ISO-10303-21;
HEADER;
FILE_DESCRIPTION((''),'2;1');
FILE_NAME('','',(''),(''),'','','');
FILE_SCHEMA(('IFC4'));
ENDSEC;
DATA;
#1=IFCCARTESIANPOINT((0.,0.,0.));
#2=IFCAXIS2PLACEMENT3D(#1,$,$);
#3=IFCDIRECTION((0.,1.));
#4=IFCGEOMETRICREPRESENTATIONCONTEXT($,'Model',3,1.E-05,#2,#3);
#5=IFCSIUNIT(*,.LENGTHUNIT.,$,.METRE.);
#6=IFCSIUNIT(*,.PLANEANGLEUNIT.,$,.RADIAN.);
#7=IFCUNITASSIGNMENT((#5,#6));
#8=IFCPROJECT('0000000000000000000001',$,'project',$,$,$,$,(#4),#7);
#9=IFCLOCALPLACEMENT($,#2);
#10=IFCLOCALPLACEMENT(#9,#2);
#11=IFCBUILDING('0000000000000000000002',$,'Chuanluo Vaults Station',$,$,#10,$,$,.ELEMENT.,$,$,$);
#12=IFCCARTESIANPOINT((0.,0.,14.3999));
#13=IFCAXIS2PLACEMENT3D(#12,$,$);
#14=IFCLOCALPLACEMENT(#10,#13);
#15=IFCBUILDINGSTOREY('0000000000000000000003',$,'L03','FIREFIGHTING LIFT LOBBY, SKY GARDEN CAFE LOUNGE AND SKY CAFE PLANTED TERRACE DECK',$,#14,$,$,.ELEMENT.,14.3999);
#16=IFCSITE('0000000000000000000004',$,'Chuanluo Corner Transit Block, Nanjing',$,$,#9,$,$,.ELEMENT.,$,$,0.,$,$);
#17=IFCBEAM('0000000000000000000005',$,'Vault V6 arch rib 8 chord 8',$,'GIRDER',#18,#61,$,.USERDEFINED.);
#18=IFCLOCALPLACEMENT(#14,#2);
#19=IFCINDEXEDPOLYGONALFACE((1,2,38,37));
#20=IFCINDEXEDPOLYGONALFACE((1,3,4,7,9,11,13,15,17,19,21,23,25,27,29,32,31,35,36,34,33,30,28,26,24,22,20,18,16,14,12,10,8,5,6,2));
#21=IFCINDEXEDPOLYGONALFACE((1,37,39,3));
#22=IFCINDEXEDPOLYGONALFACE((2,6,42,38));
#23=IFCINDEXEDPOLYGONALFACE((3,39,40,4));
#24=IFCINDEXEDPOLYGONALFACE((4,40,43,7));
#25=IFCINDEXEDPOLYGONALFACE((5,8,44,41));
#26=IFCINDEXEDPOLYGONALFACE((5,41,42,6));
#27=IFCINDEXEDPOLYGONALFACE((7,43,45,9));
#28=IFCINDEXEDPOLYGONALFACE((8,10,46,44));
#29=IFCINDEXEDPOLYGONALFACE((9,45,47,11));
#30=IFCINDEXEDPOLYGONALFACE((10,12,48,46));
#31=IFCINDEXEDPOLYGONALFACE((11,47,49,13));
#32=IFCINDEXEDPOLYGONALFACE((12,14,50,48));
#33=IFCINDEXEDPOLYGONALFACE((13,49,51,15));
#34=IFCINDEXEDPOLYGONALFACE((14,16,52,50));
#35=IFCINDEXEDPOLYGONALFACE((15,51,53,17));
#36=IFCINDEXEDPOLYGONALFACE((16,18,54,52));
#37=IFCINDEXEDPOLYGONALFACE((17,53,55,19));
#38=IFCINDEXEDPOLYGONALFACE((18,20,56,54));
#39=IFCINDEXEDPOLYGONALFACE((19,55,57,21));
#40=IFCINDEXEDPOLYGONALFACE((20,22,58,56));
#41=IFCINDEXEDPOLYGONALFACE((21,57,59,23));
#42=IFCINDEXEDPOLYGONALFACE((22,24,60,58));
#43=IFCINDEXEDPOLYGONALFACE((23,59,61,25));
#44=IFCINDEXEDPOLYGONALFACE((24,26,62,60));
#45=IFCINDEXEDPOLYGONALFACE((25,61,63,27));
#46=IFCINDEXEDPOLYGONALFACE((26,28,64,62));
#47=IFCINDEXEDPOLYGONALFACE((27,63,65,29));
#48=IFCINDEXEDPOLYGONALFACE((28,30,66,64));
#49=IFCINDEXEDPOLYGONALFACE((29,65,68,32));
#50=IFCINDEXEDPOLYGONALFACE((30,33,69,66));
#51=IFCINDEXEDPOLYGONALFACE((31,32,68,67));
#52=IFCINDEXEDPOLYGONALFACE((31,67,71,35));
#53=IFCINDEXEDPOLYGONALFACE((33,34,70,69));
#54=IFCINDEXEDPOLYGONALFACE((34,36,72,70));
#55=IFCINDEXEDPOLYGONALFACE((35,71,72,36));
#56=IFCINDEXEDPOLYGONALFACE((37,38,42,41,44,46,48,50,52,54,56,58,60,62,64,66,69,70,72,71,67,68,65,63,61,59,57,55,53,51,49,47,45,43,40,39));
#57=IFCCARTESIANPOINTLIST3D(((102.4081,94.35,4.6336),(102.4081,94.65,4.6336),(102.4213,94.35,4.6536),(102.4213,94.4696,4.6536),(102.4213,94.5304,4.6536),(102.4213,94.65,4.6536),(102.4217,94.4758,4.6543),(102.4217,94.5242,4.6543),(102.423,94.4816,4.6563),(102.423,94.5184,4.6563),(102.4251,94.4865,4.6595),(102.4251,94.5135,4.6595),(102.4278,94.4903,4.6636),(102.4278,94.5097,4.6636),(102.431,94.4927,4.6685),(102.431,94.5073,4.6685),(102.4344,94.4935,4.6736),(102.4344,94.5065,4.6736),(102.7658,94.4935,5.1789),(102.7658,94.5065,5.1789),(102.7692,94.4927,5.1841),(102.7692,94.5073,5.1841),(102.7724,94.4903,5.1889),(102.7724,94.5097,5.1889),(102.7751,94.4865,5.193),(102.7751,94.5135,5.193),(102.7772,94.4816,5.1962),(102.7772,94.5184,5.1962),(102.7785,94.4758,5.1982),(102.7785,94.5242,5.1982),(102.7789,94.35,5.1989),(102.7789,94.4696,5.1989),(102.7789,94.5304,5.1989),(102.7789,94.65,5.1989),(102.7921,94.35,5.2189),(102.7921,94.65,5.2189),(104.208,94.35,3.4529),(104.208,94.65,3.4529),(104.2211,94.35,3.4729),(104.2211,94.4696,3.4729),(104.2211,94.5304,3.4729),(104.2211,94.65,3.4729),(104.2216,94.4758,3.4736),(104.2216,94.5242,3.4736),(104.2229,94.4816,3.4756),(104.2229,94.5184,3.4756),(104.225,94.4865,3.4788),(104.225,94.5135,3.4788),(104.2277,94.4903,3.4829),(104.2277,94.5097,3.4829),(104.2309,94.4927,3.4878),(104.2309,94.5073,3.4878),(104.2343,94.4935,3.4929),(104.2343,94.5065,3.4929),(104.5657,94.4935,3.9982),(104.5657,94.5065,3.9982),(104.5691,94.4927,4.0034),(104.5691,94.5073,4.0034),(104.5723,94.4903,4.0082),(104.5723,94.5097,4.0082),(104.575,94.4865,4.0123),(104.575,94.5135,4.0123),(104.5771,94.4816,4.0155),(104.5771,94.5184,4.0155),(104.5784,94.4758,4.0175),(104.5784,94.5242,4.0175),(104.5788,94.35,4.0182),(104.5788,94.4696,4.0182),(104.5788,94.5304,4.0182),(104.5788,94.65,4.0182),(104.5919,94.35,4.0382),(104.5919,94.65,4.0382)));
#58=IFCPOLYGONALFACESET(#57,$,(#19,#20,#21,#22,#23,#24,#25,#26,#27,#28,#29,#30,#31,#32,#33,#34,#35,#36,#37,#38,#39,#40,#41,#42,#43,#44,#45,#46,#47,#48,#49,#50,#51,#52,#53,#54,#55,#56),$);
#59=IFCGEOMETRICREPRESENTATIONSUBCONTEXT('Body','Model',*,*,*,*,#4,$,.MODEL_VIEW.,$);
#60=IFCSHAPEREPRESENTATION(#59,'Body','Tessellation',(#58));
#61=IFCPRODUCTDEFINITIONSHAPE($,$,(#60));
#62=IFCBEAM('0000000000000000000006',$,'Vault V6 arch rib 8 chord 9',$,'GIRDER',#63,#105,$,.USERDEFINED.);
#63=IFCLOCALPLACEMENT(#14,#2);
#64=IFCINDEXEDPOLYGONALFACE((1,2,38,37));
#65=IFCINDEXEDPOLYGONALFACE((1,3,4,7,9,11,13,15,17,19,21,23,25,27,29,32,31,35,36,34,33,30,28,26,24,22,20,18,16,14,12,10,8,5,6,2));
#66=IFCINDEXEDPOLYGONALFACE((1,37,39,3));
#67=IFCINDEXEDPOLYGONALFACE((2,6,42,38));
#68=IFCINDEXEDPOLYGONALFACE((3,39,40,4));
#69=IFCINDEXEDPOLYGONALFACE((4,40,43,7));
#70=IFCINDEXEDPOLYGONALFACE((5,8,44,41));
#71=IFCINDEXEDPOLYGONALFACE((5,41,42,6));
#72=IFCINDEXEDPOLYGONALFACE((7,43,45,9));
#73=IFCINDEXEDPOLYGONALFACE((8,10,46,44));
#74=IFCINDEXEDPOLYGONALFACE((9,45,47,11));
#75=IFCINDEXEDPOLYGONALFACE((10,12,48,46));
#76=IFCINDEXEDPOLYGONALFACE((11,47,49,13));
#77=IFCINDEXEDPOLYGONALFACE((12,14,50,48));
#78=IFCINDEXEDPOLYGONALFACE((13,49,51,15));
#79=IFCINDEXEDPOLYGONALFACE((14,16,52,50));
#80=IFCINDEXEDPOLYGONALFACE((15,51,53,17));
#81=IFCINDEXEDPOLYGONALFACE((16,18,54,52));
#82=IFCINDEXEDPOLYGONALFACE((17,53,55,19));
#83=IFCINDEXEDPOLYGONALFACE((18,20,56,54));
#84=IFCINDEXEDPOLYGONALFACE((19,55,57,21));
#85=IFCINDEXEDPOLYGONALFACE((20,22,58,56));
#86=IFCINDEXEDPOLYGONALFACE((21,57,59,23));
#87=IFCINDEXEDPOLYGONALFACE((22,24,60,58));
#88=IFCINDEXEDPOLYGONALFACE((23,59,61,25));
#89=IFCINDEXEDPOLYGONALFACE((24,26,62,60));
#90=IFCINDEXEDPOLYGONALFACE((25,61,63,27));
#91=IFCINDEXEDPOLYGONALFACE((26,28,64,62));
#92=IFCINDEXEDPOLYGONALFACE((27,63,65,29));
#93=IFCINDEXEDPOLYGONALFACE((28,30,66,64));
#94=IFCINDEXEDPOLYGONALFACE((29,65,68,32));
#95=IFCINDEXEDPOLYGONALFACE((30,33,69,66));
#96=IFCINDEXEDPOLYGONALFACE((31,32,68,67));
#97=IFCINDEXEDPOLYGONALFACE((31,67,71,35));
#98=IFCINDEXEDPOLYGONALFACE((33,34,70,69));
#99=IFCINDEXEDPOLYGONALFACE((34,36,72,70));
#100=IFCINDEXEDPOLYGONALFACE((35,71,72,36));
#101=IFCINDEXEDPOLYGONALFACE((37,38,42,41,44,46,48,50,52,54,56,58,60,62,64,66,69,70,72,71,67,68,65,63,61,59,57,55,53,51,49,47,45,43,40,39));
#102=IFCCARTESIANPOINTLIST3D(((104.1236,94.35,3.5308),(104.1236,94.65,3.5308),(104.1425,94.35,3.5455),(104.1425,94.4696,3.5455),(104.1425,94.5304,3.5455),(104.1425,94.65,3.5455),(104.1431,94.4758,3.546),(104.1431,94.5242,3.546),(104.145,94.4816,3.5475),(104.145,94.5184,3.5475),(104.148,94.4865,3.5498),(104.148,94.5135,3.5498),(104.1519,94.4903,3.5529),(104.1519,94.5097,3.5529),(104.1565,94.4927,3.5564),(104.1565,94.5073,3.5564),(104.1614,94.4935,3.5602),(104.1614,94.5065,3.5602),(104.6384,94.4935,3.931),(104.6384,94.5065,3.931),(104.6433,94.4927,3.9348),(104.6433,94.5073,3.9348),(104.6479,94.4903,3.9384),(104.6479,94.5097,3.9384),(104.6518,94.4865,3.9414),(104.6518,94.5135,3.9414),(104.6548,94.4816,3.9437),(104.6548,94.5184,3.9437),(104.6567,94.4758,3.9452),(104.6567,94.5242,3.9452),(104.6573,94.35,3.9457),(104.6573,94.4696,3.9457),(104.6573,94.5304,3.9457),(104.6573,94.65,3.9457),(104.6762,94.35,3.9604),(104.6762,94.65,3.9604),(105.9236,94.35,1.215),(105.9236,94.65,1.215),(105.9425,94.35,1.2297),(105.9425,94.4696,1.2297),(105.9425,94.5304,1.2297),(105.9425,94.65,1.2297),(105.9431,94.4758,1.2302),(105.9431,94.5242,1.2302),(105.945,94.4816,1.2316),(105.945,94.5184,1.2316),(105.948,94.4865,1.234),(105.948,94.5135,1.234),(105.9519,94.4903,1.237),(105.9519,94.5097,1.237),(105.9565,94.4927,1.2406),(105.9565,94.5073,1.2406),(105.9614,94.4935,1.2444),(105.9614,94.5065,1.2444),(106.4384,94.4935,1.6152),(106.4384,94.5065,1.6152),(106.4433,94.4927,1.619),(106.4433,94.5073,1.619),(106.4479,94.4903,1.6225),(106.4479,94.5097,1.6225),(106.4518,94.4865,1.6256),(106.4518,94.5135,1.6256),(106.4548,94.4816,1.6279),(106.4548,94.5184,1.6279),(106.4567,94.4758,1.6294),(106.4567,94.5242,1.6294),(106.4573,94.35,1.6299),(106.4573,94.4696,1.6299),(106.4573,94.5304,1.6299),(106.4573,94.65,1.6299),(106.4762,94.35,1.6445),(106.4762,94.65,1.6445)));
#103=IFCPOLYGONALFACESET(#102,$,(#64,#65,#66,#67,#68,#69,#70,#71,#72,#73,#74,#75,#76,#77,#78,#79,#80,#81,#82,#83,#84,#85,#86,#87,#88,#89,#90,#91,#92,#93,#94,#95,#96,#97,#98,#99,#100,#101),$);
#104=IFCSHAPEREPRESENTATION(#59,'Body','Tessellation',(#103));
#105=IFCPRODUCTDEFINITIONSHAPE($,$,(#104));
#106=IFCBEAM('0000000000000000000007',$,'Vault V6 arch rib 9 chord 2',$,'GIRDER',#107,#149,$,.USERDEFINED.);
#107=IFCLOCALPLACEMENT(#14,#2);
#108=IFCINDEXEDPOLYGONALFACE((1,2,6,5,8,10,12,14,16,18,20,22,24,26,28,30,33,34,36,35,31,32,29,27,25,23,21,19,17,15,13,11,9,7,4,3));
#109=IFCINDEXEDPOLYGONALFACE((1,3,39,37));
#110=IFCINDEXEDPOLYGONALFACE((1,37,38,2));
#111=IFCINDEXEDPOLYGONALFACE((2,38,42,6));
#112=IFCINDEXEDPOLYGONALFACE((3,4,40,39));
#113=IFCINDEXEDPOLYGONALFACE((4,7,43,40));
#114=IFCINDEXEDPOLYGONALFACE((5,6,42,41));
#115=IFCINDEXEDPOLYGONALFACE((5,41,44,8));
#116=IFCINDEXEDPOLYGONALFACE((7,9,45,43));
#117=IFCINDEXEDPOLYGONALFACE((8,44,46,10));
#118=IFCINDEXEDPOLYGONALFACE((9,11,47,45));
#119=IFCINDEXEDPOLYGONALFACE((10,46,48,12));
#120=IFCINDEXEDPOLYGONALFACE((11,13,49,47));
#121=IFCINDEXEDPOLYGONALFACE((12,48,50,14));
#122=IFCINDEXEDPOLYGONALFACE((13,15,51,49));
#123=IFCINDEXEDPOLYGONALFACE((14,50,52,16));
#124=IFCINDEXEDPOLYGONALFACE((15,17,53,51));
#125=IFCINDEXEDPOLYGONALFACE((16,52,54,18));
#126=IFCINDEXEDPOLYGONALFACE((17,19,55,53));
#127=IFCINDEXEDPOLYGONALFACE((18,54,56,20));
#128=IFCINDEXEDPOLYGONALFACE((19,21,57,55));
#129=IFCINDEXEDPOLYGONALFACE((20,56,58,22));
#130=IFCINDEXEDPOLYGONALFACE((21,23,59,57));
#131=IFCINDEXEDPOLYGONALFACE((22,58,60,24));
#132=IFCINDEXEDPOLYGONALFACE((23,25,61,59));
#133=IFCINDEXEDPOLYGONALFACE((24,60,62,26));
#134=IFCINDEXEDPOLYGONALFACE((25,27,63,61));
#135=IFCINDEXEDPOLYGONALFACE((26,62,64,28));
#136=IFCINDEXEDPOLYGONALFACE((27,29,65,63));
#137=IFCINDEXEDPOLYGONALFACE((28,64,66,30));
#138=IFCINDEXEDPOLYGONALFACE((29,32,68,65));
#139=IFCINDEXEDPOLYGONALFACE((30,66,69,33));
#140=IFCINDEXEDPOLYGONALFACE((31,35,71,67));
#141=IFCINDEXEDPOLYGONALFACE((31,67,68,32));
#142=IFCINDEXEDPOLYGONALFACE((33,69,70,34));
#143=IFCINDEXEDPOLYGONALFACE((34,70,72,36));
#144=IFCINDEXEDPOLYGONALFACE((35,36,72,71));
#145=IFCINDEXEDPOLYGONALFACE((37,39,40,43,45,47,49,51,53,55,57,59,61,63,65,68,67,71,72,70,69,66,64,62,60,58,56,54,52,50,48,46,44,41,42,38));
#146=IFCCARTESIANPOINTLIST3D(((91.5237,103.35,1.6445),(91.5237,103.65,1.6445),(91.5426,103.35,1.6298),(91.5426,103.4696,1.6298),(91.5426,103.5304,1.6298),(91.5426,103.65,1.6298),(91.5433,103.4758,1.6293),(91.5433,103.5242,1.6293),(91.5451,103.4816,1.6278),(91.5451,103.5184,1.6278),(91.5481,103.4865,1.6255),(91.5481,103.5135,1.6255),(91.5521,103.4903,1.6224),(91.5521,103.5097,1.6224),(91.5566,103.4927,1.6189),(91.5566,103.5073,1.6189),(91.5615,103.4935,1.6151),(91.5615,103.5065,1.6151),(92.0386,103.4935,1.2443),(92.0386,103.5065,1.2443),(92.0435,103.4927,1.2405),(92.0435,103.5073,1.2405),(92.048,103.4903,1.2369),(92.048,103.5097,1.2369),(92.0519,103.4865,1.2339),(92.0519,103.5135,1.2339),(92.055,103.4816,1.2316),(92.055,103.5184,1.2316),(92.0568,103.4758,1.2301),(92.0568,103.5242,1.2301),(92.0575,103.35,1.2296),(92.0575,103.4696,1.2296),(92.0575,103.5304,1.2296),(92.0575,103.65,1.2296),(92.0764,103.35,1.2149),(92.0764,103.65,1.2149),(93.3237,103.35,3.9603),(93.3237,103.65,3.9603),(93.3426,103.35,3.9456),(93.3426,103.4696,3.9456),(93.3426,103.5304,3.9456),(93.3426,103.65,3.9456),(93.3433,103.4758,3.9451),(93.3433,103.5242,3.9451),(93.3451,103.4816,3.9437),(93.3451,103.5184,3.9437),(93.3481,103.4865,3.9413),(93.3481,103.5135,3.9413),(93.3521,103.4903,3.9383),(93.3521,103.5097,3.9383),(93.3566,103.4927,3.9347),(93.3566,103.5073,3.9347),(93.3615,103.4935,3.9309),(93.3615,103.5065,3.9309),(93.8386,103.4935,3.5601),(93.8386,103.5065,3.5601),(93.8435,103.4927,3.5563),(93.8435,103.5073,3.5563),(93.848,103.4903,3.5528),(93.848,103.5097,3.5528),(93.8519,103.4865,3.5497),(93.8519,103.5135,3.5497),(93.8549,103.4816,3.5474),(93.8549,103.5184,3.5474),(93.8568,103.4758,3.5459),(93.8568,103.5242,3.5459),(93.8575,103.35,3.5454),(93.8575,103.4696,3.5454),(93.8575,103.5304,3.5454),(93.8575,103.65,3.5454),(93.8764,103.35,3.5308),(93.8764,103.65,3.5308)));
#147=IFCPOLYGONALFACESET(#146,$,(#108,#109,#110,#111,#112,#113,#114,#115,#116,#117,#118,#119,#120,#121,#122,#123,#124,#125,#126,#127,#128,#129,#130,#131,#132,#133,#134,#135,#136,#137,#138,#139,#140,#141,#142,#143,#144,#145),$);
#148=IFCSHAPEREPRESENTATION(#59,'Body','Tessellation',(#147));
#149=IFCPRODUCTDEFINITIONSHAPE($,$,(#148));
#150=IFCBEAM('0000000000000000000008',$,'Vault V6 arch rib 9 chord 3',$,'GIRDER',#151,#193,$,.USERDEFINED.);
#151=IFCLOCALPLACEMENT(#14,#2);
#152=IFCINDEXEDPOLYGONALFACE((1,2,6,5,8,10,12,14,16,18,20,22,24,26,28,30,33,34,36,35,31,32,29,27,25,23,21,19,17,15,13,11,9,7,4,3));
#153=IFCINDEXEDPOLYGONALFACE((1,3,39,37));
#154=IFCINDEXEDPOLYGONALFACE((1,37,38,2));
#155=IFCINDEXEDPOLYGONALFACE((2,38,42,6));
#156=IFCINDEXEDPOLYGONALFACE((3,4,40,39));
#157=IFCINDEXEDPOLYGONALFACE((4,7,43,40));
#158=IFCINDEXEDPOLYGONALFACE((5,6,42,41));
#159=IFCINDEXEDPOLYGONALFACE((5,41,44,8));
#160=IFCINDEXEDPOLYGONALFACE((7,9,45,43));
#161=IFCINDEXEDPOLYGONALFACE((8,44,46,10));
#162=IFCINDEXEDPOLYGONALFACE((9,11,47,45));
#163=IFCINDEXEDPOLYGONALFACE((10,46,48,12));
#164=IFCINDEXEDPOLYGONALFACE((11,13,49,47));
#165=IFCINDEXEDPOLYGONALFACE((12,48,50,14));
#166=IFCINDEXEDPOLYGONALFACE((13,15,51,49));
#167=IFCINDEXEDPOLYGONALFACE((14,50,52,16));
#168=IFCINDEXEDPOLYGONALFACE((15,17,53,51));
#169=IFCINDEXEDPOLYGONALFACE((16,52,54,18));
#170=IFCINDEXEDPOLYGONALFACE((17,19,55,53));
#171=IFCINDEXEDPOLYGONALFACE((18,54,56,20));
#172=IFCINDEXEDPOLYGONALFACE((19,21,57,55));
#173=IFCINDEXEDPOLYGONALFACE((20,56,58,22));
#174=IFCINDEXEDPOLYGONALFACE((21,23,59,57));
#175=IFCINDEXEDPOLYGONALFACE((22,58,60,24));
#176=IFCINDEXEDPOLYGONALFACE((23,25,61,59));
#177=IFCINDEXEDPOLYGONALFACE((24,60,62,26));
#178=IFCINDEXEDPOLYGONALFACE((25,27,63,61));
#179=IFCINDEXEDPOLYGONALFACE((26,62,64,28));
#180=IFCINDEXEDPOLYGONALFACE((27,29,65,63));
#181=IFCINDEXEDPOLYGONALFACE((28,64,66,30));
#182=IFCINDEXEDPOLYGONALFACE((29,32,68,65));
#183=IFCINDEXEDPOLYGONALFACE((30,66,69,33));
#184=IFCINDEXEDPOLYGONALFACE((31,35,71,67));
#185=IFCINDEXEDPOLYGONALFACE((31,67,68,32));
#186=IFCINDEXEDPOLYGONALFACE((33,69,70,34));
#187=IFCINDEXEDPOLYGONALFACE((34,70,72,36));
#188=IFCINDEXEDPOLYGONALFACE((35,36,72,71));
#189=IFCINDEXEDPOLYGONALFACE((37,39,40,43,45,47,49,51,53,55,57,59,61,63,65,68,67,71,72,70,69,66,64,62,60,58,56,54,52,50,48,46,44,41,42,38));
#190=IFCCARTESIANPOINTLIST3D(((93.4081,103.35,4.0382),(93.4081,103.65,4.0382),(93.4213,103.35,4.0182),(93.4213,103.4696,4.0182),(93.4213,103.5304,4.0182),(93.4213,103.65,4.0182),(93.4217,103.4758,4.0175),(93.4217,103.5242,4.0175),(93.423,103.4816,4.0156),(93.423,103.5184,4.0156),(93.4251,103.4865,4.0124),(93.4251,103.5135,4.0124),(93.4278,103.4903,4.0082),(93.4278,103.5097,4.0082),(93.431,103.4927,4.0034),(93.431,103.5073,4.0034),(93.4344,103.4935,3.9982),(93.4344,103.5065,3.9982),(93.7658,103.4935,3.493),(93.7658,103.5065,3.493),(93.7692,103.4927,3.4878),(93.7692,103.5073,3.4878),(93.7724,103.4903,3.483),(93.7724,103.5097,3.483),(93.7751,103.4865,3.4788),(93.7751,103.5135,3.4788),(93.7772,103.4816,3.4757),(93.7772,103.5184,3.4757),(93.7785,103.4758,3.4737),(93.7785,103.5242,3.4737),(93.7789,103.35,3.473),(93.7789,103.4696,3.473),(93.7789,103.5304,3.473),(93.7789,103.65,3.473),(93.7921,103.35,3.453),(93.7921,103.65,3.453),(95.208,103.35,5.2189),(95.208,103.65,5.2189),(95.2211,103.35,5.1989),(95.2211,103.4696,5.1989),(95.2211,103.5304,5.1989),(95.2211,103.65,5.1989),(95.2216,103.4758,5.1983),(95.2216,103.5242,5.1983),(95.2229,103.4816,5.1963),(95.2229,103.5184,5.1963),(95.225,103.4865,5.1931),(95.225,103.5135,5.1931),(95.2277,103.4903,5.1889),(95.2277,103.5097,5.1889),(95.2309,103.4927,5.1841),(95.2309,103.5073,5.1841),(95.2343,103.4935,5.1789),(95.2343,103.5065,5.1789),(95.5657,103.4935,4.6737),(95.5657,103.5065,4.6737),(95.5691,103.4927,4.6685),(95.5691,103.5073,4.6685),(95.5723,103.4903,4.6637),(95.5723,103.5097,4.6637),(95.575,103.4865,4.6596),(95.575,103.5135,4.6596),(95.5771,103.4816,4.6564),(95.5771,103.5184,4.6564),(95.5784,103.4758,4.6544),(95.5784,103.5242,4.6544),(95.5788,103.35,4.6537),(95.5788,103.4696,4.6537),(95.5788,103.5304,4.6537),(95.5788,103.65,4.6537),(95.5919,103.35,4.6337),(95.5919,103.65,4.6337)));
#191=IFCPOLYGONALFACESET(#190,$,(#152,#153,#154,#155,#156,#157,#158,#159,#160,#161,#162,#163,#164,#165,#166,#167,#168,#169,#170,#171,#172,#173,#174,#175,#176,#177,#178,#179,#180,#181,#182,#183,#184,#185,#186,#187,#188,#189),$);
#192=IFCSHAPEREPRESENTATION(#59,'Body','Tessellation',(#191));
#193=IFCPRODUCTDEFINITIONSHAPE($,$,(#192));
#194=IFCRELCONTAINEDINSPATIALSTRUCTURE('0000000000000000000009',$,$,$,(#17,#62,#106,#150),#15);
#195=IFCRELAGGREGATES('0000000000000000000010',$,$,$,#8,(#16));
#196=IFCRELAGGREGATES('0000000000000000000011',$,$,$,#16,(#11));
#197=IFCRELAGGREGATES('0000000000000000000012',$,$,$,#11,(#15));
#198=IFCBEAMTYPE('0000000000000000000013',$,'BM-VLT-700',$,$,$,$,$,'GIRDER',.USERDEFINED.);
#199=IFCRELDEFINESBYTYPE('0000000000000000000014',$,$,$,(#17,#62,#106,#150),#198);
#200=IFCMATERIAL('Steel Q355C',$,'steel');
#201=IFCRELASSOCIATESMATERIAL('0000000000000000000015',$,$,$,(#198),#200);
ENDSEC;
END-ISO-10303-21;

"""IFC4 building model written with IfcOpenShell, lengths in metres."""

from ifc_helpers import new_model, si_unit, direction, frame, origin, origin_2d, place, context, subcontext, project, spatial, i_section, extrude, material, material_profile, profile_set, type_object, element, save


model = new_model("IFC4")

# Units and contexts
model_context = context("Model", 3, precision=1e-05, world=origin(), true_north=direction((0.0, 1.0)))
body_context = subcontext(model_context, "Body", "Model", "MODEL_VIEW")
ifc_project = project(units=[si_unit("LENGTHUNIT", "METRE"), si_unit("PLANEANGLEUNIT", "RADIAN")], contexts=[model_context])

# Site, building, storey
site_placement = place(None, origin())
site = spatial("IfcSite", under=ifc_project, at=site_placement, Name="Chuanluo Corner Transit Block, Nanjing", CompositionType="ELEMENT", RefElevation=0.0)
building_placement = place(site_placement, origin())
building = spatial("IfcBuilding", under=site, at=building_placement, Name="Chuanluo Vaults Station", CompositionType="ELEMENT")
storey_placement = place(building_placement, frame((0.0, 0.0, 14.3999)))
storey = spatial("IfcBuildingStorey", under=building, at=storey_placement, Name="L03", Description="FIREFIGHTING LIFT LOBBY, SKY GARDEN CAFE LOUNGE AND SKY CAFE PLANTED TERRACE DECK", CompositionType="ELEMENT", Elevation=14.3999)

# Beams
ifc_material_1 = material(Name="Steel Q355C", Category="steel")
ifc_material_profile_1 = material_profile(ifc_material_1, i_section(OverallWidth=0.3, OverallDepth=0.7, WebThickness=0.0129, FlangeThickness=0.0239, FilletRadius=0.0239, at=origin_2d()))
ifc_profile_set_1 = profile_set([ifc_material_profile_1], Name="Steel Q355C")
beam_type = type_object("IfcBeamType", Name="BM-VLT-700", ElementType="GIRDER", PredefinedType="USERDEFINED", material=ifc_profile_set_1)
beam_1_placement = place(storey_placement, frame((102.6001, 94.5, 4.9263), z_axis=(0.836145, 0.0, -0.548508), x_axis=(0.0, 1.0, 0.0)))
element("IfcBeam", 1, at=beam_1_placement, inside=storey, type_object=beam_type, Name="Vault V6 arch rib 8 chord 8", ObjectType="GIRDER", PredefinedType="USERDEFINED", context=body_context, shape_type="SweptSolid", body=[
    extrude(i_section(OverallWidth=0.3, OverallDepth=0.7, WebThickness=0.0129, FlangeThickness=0.0239, FilletRadius=0.0239, at=origin_2d()), origin(), (0.0, 0.0, 1.0), 2.1526),
])
for number, where, z_axis, x_axis, name in (
    (2, (104.3999, 94.5, 3.7456), (0.613681, 0.0, -0.789554), (0.0, 1.0, 0.0), "Vault V6 arch rib 8 chord 9"),
    (3, (91.8, 103.5, 1.4297), (0.613681, 0.0, 0.789554), (0.0, 1.0, 0.0), "Vault V6 arch rib 9 chord 2"),
):
    element("IfcBeam", number, at=place(storey_placement, frame(where, z_axis=z_axis, x_axis=x_axis)), inside=storey, type_object=beam_type, Name=name, ObjectType="GIRDER", PredefinedType="USERDEFINED", context=body_context, shape_type="SweptSolid", body=[
        extrude(i_section(OverallWidth=0.3, OverallDepth=0.7, WebThickness=0.0129, FlangeThickness=0.0239, FilletRadius=0.0239, at=origin_2d()), origin(), (0.0, 0.0, 1.0), 2.9331),
    ])
beam_2_placement = place(storey_placement, frame((93.6001, 103.5, 3.7456), z_axis=(0.836145, 0.0, 0.548508), x_axis=(0.0, 1.0, 0.0)))
element("IfcBeam", 4, at=beam_2_placement, inside=storey, type_object=beam_type, Name="Vault V6 arch rib 9 chord 3", ObjectType="GIRDER", PredefinedType="USERDEFINED", context=body_context, shape_type="SweptSolid", body=[
    extrude(i_section(OverallWidth=0.3, OverallDepth=0.7, WebThickness=0.0129, FlangeThickness=0.0239, FilletRadius=0.0239, at=origin_2d()), origin(), (0.0, 0.0, 1.0), 2.1526),
])

save(model, "model.ifc")
